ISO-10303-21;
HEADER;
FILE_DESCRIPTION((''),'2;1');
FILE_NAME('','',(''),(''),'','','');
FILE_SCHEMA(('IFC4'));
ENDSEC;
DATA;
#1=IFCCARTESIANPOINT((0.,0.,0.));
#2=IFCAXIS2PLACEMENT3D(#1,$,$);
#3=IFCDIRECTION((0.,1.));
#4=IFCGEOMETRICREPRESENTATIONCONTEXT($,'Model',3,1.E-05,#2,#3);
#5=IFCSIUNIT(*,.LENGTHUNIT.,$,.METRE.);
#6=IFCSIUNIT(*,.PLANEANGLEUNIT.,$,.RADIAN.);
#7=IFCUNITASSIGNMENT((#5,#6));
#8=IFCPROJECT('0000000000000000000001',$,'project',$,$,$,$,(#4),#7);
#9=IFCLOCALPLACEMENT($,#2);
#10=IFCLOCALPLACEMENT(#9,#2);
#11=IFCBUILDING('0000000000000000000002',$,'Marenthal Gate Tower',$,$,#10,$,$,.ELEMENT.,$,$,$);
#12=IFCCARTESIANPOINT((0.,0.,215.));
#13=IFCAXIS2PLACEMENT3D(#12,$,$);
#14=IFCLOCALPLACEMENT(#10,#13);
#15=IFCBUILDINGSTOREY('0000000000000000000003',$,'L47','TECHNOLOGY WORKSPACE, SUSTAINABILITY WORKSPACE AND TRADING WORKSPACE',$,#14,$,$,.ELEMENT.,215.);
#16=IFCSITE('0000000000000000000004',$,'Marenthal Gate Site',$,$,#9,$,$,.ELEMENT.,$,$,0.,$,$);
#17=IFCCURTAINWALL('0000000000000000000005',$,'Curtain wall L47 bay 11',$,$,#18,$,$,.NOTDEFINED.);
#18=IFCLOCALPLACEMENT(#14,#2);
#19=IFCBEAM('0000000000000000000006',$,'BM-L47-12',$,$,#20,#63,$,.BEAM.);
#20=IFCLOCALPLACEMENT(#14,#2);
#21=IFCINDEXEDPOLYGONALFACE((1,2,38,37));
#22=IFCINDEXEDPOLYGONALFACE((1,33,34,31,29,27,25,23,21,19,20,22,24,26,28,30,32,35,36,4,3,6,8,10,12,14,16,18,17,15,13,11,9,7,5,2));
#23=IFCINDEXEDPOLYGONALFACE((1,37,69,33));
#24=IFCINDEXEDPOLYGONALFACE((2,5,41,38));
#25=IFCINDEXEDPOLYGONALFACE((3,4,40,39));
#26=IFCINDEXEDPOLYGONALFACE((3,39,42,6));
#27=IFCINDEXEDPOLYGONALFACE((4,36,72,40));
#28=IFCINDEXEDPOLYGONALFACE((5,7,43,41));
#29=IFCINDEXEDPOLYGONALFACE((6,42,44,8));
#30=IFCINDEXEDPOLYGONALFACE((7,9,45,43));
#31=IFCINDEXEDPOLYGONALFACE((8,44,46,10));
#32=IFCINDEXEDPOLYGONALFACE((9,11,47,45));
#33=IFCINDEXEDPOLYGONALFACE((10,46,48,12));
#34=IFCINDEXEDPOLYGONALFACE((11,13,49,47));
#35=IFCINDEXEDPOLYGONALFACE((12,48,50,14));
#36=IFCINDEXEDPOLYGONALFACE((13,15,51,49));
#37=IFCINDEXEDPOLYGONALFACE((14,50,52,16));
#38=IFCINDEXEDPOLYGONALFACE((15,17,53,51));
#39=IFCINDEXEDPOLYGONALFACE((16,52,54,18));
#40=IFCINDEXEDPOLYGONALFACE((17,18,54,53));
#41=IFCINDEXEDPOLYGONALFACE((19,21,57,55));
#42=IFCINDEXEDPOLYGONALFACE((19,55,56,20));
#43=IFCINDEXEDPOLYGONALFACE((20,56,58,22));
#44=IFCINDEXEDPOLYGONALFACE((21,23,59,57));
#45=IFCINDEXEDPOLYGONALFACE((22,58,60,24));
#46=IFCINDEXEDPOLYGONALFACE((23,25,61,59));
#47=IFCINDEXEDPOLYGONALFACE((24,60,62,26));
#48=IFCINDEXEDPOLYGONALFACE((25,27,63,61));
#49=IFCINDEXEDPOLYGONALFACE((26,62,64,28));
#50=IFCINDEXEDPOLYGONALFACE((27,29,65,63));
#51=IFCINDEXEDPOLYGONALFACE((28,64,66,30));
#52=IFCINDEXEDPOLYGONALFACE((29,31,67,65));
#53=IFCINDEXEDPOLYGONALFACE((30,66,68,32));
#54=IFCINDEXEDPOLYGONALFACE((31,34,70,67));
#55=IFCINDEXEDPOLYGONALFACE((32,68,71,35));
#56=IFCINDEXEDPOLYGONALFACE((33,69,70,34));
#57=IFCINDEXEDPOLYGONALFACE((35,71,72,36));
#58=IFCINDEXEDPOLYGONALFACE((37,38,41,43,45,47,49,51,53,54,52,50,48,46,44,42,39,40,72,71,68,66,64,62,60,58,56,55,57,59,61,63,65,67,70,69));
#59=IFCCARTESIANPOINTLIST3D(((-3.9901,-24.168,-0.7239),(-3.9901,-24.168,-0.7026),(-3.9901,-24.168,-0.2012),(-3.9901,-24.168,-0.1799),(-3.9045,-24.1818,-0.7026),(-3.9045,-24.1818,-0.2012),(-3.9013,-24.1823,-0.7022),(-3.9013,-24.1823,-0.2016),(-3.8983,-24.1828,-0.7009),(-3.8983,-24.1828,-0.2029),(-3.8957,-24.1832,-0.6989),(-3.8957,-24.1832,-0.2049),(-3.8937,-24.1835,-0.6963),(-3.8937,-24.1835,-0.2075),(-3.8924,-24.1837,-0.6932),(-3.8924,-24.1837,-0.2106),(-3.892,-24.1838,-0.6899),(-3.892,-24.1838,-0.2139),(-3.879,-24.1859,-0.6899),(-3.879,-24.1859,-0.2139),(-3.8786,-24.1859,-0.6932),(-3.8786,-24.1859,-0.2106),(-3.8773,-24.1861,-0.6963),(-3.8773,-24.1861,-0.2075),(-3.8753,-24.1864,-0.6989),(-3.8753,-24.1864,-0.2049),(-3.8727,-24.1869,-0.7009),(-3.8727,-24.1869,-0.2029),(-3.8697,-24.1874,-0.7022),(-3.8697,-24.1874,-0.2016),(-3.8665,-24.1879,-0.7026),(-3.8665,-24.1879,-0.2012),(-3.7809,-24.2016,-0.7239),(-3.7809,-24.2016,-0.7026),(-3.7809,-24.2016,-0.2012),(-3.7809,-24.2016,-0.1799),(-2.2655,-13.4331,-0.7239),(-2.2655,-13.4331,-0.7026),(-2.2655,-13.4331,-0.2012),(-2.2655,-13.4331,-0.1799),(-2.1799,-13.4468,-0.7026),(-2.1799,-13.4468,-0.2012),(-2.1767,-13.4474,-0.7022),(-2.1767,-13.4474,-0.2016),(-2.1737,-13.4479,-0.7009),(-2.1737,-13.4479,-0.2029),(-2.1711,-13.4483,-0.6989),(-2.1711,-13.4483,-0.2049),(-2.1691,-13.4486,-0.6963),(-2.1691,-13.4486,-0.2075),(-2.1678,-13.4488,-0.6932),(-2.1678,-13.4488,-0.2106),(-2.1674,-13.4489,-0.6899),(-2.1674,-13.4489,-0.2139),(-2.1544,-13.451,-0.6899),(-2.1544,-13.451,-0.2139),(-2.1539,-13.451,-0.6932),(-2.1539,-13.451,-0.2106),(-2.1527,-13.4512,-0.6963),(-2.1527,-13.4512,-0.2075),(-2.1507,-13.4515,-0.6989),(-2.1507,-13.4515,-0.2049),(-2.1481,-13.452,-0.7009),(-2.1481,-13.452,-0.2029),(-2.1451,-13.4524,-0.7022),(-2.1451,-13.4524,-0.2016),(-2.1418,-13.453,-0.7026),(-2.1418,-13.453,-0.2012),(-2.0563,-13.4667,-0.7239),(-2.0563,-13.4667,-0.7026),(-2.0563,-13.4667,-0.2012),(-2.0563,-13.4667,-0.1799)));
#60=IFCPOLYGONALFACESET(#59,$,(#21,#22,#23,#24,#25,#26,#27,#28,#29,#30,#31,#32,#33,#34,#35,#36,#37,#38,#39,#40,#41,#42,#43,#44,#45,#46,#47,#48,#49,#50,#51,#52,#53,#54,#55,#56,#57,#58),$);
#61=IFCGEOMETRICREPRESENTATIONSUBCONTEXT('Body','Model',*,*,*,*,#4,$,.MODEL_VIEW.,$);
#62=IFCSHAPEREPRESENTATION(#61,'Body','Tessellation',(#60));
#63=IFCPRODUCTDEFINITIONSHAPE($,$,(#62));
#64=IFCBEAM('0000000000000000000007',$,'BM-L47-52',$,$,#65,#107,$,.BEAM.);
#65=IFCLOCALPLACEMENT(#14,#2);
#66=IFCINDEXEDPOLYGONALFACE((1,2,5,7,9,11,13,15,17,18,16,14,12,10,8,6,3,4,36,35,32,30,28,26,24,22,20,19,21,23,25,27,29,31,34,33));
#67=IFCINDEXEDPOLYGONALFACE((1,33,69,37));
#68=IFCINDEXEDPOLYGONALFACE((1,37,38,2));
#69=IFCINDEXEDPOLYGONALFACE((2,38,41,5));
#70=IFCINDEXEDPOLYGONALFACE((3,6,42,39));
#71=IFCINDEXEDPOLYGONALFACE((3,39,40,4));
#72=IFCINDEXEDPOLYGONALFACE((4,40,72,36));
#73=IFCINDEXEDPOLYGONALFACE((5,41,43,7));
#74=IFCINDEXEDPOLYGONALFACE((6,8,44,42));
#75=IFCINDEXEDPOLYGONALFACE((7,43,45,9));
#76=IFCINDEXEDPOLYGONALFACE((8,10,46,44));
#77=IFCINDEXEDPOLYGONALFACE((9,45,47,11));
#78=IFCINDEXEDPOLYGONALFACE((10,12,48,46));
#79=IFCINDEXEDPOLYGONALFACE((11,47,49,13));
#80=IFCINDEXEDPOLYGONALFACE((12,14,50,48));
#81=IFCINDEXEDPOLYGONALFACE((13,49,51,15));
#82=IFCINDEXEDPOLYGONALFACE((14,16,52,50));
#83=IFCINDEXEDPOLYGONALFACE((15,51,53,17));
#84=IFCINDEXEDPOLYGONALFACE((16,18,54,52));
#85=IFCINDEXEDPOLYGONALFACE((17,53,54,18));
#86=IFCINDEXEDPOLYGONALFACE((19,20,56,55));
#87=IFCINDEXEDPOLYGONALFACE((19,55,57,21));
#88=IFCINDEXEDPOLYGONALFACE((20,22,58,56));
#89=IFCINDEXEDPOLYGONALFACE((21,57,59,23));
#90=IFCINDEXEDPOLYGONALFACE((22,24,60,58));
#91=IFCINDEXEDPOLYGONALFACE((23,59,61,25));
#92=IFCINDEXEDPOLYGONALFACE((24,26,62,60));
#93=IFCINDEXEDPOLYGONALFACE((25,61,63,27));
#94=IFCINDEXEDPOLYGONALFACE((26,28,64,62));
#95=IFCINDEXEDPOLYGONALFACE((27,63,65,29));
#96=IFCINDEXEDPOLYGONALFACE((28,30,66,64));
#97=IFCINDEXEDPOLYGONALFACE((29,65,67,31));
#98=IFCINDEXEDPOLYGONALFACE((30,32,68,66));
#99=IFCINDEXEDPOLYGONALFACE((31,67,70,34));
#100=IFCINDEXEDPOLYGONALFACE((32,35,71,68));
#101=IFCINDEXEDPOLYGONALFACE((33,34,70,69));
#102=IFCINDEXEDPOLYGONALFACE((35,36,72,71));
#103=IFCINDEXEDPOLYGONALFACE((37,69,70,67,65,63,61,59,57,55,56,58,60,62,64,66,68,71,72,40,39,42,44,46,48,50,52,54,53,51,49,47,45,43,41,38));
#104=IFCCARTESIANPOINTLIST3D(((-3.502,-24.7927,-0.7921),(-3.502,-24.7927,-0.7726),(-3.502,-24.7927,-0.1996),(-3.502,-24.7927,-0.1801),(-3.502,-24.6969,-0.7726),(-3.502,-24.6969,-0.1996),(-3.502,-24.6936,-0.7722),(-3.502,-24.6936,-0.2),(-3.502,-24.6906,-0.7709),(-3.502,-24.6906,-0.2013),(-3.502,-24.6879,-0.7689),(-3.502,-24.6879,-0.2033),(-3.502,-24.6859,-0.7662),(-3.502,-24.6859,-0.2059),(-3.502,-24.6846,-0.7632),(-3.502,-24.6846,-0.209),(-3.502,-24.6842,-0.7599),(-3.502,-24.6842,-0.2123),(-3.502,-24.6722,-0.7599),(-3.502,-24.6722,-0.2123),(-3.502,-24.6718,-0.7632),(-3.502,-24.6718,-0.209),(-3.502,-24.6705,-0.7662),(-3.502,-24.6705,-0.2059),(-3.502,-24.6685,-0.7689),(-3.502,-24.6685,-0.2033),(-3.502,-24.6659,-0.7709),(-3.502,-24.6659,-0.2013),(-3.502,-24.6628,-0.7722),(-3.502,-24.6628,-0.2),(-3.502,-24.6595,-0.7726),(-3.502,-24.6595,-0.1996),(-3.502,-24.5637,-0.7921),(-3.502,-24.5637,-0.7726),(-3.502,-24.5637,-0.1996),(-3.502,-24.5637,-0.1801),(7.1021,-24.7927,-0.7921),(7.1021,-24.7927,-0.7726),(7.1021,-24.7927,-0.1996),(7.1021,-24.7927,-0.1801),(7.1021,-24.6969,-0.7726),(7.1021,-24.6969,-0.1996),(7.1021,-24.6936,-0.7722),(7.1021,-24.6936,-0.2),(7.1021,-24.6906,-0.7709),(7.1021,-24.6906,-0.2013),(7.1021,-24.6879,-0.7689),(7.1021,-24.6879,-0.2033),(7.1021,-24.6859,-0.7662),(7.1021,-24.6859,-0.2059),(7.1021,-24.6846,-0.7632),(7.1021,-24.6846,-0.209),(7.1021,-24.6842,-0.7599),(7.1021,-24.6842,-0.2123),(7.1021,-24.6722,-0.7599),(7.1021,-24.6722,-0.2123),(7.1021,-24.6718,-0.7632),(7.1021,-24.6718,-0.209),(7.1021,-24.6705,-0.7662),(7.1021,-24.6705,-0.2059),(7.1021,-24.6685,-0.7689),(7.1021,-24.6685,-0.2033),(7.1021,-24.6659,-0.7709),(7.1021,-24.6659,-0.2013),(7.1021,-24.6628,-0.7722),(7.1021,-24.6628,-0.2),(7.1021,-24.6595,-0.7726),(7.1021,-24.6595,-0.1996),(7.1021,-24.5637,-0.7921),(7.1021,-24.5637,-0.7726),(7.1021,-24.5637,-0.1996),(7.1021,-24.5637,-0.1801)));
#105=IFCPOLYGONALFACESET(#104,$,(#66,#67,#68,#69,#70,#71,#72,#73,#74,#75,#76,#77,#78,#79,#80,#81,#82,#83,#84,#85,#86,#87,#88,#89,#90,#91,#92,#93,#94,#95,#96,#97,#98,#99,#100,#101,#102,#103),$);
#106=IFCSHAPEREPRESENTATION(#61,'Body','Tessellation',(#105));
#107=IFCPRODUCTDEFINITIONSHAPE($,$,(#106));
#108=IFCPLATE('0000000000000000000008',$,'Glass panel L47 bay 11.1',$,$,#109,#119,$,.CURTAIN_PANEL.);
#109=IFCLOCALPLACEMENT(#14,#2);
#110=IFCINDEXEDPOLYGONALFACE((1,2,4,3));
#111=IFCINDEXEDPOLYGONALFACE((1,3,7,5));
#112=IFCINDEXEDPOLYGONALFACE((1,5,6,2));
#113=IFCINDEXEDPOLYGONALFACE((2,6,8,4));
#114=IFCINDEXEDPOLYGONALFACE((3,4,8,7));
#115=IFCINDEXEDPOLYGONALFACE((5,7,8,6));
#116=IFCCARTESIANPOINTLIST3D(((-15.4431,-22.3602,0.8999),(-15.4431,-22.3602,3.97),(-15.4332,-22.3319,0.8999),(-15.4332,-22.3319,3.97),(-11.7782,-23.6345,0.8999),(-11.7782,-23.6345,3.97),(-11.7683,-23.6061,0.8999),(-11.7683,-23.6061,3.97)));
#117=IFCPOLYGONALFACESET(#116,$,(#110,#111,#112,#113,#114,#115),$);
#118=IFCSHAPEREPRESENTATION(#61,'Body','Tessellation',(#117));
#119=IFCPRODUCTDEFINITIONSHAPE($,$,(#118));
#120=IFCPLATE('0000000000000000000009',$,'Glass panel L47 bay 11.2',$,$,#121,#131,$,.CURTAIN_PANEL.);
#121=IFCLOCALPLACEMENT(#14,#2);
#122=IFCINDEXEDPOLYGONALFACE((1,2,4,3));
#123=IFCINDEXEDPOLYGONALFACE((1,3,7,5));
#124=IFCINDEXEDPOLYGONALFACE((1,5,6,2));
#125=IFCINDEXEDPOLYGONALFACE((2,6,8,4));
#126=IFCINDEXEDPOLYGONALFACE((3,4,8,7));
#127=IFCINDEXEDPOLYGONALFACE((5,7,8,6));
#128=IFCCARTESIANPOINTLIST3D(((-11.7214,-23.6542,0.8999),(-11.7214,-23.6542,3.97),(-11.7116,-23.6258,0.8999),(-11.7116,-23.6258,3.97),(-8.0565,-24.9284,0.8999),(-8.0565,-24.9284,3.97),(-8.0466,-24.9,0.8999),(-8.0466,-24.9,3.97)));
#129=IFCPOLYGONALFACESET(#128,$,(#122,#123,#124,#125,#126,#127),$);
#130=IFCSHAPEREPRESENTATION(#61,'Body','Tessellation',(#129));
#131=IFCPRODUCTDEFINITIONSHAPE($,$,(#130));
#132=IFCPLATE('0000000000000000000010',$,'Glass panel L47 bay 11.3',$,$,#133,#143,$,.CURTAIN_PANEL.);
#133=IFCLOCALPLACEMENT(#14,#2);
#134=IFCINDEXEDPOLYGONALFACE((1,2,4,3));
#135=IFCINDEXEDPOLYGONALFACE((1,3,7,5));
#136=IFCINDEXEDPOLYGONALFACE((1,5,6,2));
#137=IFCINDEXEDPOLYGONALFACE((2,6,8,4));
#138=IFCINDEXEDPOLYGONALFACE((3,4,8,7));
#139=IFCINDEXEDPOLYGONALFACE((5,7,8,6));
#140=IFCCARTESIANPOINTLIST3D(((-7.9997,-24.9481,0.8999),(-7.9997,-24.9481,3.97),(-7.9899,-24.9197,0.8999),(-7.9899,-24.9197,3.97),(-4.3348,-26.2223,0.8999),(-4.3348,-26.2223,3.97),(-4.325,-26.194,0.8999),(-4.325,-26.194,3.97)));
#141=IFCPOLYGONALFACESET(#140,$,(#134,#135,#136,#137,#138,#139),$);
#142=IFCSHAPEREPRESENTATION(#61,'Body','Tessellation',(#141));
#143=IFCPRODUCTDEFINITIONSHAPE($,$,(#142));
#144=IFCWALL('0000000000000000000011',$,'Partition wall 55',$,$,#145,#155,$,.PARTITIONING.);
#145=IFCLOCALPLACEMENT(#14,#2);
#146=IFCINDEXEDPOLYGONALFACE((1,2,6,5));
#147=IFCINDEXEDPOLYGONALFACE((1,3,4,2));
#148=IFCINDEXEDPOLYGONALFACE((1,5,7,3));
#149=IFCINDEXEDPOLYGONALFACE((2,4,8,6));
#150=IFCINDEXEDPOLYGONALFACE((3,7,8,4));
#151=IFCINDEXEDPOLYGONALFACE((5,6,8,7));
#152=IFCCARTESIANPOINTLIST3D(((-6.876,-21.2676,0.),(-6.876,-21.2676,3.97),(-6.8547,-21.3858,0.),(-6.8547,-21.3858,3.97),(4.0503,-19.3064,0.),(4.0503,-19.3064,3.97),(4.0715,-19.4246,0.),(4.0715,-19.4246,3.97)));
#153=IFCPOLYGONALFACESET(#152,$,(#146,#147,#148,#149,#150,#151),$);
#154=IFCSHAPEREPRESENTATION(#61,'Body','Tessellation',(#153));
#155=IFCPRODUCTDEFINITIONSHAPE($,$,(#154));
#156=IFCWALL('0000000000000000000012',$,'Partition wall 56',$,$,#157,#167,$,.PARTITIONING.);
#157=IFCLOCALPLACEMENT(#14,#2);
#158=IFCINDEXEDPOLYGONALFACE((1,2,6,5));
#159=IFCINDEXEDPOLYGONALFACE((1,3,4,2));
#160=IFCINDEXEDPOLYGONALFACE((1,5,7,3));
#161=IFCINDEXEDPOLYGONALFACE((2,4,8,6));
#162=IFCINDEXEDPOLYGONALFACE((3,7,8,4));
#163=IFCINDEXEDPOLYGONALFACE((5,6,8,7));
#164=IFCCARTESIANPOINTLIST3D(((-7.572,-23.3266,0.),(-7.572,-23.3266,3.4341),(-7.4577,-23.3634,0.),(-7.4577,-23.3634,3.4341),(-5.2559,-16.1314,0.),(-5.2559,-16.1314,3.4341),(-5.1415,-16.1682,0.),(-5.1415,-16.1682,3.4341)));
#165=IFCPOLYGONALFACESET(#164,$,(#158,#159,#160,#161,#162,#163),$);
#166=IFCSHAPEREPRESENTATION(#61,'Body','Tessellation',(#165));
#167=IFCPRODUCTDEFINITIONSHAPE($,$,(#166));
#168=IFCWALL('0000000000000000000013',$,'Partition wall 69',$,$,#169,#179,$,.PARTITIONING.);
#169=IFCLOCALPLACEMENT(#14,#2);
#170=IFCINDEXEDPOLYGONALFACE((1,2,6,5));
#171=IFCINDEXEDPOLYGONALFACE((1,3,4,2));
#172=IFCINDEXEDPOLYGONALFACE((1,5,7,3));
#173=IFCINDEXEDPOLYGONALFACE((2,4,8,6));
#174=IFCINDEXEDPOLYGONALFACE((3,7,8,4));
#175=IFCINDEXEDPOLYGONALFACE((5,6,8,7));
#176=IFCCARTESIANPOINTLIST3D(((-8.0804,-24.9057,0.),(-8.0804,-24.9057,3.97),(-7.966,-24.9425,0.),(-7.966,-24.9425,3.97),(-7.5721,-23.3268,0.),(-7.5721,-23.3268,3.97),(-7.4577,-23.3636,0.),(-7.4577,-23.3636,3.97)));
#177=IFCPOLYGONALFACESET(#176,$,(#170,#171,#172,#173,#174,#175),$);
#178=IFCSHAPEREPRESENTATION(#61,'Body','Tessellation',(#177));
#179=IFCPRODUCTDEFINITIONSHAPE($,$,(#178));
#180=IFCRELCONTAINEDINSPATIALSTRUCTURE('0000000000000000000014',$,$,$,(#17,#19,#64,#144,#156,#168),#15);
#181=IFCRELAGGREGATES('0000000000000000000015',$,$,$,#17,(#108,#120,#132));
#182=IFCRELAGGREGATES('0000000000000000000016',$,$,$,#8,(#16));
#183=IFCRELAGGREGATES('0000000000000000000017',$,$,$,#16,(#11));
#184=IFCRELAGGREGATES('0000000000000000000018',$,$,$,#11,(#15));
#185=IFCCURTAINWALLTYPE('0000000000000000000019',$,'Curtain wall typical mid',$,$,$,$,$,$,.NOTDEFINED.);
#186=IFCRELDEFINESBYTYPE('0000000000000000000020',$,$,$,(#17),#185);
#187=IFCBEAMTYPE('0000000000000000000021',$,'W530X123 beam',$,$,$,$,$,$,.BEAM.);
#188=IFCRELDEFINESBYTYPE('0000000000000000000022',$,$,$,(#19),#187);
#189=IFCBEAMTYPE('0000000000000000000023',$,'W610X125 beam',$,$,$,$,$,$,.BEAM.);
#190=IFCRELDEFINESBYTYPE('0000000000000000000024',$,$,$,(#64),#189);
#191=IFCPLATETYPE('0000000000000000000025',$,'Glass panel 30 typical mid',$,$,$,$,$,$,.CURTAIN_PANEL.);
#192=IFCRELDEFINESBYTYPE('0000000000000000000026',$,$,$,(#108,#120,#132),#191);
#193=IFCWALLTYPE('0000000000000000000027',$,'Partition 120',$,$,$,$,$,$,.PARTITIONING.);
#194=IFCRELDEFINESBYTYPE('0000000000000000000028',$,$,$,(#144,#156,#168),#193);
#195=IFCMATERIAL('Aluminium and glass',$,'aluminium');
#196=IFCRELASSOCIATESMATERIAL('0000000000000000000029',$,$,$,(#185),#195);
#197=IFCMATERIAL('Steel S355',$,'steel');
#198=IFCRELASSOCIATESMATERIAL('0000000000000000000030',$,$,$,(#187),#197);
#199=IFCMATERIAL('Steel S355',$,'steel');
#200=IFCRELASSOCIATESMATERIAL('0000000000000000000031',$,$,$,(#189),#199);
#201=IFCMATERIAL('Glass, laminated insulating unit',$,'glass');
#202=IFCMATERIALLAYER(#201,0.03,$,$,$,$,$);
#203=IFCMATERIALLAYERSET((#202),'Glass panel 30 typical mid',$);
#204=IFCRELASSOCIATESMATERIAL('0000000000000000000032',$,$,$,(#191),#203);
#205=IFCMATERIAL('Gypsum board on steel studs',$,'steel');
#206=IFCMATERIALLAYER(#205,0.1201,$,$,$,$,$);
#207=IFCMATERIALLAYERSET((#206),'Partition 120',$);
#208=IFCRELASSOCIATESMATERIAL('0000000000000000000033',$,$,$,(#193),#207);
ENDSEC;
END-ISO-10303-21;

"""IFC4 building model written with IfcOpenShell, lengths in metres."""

from ifc_helpers import new_model, si_unit, direction, frame, frame_2d, origin, origin_2d, place, context, subcontext, project, spatial, rectangle, i_section, extrude, material, layer, layer_set, material_profile, profile_set, type_object, element, aggregate, save


model = new_model("IFC4")

# Units and contexts
model_context = context("Model", 3, precision=1e-05, world=origin(), true_north=direction((0.0, 1.0)))
body_context = subcontext(model_context, "Body", "Model", "MODEL_VIEW")
ifc_project = project(units=[si_unit("LENGTHUNIT", "METRE"), si_unit("PLANEANGLEUNIT", "RADIAN")], contexts=[model_context])

# Site, building, storey
site_placement = place(None, origin())
site = spatial("IfcSite", under=ifc_project, at=site_placement, Name="Marenthal Gate Site", CompositionType="ELEMENT", RefElevation=0.0)
building_placement = place(site_placement, origin())
building = spatial("IfcBuilding", under=site, at=building_placement, Name="Marenthal Gate Tower", CompositionType="ELEMENT")
storey_placement = place(building_placement, frame((0.0, 0.0, 215.0)))
storey = spatial("IfcBuildingStorey", under=building, at=storey_placement, Name="L47", Description="TECHNOLOGY WORKSPACE, SUSTAINABILITY WORKSPACE AND TRADING WORKSPACE", CompositionType="ELEMENT", Elevation=215.0)

# Curtain wall
ifc_material_1 = material(Name="Aluminium and glass", Category="aluminium")
curtain_wall_type = type_object("IfcCurtainWallType", Name="Curtain wall typical mid", PredefinedType="NOTDEFINED", material=ifc_material_1)
curtain_wall_placement = place(storey_placement, origin())
curtain_wall = element("IfcCurtainWall", 1, at=curtain_wall_placement, inside=storey, type_object=curtain_wall_type, Name="Curtain wall L47 bay 11", PredefinedType="NOTDEFINED")

# Beams
ifc_material_2 = material(Name="Steel S355", Category="steel")
ifc_material_profile_1 = material_profile(ifc_material_2, i_section(OverallWidth=0.2119, OverallDepth=0.5439, WebThickness=0.0132, FlangeThickness=0.0212, FilletRadius=0.0127, at=origin_2d()), Name="W530X123")
ifc_profile_set_1 = profile_set([ifc_material_profile_1], Name="Steel S355")
beam_type_1 = type_object("IfcBeamType", Name="W530X123 beam", PredefinedType="BEAM", material=ifc_profile_set_1)
beam_1_placement = place(storey_placement, frame((-3.8855, -24.1848, -0.4519), z_axis=(0.158621, 0.98734, 0.0), x_axis=(-0.98734, 0.158621, 0.0)))
element("IfcBeam", 2, at=beam_1_placement, inside=storey, type_object=beam_type_1, Name="BM-L47-12", PredefinedType="BEAM", context=body_context, shape_type="SweptSolid", body=[
    extrude(i_section(OverallWidth=0.2119, OverallDepth=0.5439, WebThickness=0.0132, FlangeThickness=0.0212, FilletRadius=0.0127, at=origin_2d()), origin(), (0.0, 0.0, 1.0), 10.8726),
])
ifc_material_3 = material(Name="Steel S355", Category="steel")
ifc_material_profile_2 = material_profile(ifc_material_3, i_section(OverallWidth=0.229, OverallDepth=0.6121, WebThickness=0.012, FlangeThickness=0.0195, FilletRadius=0.0127, at=origin_2d()), Name="W610X125")
ifc_profile_set_2 = profile_set([ifc_material_profile_2], Name="Steel S355")
beam_type_2 = type_object("IfcBeamType", Name="W610X125 beam", PredefinedType="BEAM", material=ifc_profile_set_2)
beam_2_placement = place(storey_placement, frame((-3.502, -24.6782, -0.4861), z_axis=(1.0, 0.0, 0.0), x_axis=(0.0, 1.0, 0.0)))
element("IfcBeam", 3, at=beam_2_placement, inside=storey, type_object=beam_type_2, Name="BM-L47-52", PredefinedType="BEAM", context=body_context, shape_type="SweptSolid", body=[
    extrude(i_section(OverallWidth=0.229, OverallDepth=0.6121, WebThickness=0.012, FlangeThickness=0.0195, FilletRadius=0.0127, at=origin_2d()), origin(), (0.0, 0.0, 1.0), 10.604),
])

# Plates
ifc_material_4 = material(Name="Glass, laminated insulating unit", Category="glass")
ifc_layer_1 = layer(ifc_material_4, 0.03)
ifc_layer_set_1 = layer_set([ifc_layer_1], Name="Glass panel 30 typical mid")
plate_type = type_object("IfcPlateType", Name="Glass panel 30 typical mid", PredefinedType="CURTAIN_PANEL", material=ifc_layer_set_1)
plate_1_placement = place(storey_placement, frame((-13.6057, -22.9832, 0.8999), z_axis=(0.0, 0.0, 1.0), x_axis=(0.944539, -0.3284, 0.0)))
plate_1 = element("IfcPlate", 4, at=plate_1_placement, type_object=plate_type, Name="Glass panel L47 bay 11.1", PredefinedType="CURTAIN_PANEL", context=body_context, shape_type="SweptSolid", body=[
    extrude(rectangle(XDim=3.8801, YDim=0.03, at=origin_2d()), origin(), (0.0, 0.0, 1.0), 3.0701),
])
plate_2_placement = place(storey_placement, frame((-9.884, -24.2771, 0.8999), z_axis=(0.0, 0.0, 1.0), x_axis=(0.944539, -0.3284, 0.0)))
plate_2 = element("IfcPlate", 5, at=plate_2_placement, type_object=plate_type, Name="Glass panel L47 bay 11.2", PredefinedType="CURTAIN_PANEL", context=body_context, shape_type="SweptSolid", body=[
    extrude(rectangle(XDim=3.8801, YDim=0.03, at=origin_2d()), origin(), (0.0, 0.0, 1.0), 3.0701),
])
plate_3_placement = place(storey_placement, frame((-6.1624, -25.571, 0.8999), z_axis=(0.0, 0.0, 1.0), x_axis=(0.944539, -0.3284, 0.0)))
plate_3 = element("IfcPlate", 6, at=plate_3_placement, type_object=plate_type, Name="Glass panel L47 bay 11.3", PredefinedType="CURTAIN_PANEL", context=body_context, shape_type="SweptSolid", body=[
    extrude(rectangle(XDim=3.8801, YDim=0.03, at=origin_2d()), origin(), (0.0, 0.0, 1.0), 3.0701),
])
aggregate(curtain_wall, [plate_1, plate_2, plate_3])

# Walls
ifc_material_5 = material(Name="Gypsum board on steel studs", Category="steel")
ifc_layer_2 = layer(ifc_material_5, 0.1201)
ifc_layer_set_2 = layer_set([ifc_layer_2], Name="Partition 120")
wall_type_1 = type_object("IfcWallType", Name="Partition 120", PredefinedType="PARTITIONING", material=ifc_layer_set_2)
wall_1_placement = place(storey_placement, frame((-6.8652, -21.3267, 0.0), z_axis=(0.0, 0.0, 1.0), x_axis=(0.98427, 0.176669, 0.0)))
element("IfcWall", 7, at=wall_1_placement, inside=storey, type_object=wall_type_1, Name="Partition wall 55", PredefinedType="PARTITIONING", context=body_context, shape_type="SweptSolid", body=[
    extrude(rectangle(XDim=11.1008, YDim=0.1201, at=frame_2d((5.5503, 0.0))), origin(), (0.0, 0.0, 1.0), 3.97),
])
wall_2_placement = place(storey_placement, frame((-5.1987, -16.1499, 0.0), z_axis=(0.0, 0.0, 1.0), x_axis=(-0.306415, -0.951898, 0.0)))
element("IfcWall", 8, at=wall_2_placement, inside=storey, type_object=wall_type_1, Name="Partition wall 56", PredefinedType="PARTITIONING", context=body_context, shape_type="SweptSolid", body=[
    extrude(rectangle(XDim=7.5588, YDim=0.1201, at=frame_2d((3.7793, 0.0))), origin(), (0.0, 0.0, 1.0), 3.4341),
])
wall_3_placement = place(storey_placement, frame((-7.5149, -23.3452, 0.0), z_axis=(0.0, 0.0, 1.0), x_axis=(-0.306452, -0.951886, 0.0)))
element("IfcWall", 9, at=wall_3_placement, inside=storey, type_object=wall_type_1, Name="Partition wall 69", PredefinedType="PARTITIONING", context=body_context, shape_type="SweptSolid", body=[
    extrude(rectangle(XDim=1.6587, YDim=0.1201, at=frame_2d((0.8293, 0.0))), origin(), (0.0, 0.0, 1.0), 3.97),
])

save(model, "model.ifc")
